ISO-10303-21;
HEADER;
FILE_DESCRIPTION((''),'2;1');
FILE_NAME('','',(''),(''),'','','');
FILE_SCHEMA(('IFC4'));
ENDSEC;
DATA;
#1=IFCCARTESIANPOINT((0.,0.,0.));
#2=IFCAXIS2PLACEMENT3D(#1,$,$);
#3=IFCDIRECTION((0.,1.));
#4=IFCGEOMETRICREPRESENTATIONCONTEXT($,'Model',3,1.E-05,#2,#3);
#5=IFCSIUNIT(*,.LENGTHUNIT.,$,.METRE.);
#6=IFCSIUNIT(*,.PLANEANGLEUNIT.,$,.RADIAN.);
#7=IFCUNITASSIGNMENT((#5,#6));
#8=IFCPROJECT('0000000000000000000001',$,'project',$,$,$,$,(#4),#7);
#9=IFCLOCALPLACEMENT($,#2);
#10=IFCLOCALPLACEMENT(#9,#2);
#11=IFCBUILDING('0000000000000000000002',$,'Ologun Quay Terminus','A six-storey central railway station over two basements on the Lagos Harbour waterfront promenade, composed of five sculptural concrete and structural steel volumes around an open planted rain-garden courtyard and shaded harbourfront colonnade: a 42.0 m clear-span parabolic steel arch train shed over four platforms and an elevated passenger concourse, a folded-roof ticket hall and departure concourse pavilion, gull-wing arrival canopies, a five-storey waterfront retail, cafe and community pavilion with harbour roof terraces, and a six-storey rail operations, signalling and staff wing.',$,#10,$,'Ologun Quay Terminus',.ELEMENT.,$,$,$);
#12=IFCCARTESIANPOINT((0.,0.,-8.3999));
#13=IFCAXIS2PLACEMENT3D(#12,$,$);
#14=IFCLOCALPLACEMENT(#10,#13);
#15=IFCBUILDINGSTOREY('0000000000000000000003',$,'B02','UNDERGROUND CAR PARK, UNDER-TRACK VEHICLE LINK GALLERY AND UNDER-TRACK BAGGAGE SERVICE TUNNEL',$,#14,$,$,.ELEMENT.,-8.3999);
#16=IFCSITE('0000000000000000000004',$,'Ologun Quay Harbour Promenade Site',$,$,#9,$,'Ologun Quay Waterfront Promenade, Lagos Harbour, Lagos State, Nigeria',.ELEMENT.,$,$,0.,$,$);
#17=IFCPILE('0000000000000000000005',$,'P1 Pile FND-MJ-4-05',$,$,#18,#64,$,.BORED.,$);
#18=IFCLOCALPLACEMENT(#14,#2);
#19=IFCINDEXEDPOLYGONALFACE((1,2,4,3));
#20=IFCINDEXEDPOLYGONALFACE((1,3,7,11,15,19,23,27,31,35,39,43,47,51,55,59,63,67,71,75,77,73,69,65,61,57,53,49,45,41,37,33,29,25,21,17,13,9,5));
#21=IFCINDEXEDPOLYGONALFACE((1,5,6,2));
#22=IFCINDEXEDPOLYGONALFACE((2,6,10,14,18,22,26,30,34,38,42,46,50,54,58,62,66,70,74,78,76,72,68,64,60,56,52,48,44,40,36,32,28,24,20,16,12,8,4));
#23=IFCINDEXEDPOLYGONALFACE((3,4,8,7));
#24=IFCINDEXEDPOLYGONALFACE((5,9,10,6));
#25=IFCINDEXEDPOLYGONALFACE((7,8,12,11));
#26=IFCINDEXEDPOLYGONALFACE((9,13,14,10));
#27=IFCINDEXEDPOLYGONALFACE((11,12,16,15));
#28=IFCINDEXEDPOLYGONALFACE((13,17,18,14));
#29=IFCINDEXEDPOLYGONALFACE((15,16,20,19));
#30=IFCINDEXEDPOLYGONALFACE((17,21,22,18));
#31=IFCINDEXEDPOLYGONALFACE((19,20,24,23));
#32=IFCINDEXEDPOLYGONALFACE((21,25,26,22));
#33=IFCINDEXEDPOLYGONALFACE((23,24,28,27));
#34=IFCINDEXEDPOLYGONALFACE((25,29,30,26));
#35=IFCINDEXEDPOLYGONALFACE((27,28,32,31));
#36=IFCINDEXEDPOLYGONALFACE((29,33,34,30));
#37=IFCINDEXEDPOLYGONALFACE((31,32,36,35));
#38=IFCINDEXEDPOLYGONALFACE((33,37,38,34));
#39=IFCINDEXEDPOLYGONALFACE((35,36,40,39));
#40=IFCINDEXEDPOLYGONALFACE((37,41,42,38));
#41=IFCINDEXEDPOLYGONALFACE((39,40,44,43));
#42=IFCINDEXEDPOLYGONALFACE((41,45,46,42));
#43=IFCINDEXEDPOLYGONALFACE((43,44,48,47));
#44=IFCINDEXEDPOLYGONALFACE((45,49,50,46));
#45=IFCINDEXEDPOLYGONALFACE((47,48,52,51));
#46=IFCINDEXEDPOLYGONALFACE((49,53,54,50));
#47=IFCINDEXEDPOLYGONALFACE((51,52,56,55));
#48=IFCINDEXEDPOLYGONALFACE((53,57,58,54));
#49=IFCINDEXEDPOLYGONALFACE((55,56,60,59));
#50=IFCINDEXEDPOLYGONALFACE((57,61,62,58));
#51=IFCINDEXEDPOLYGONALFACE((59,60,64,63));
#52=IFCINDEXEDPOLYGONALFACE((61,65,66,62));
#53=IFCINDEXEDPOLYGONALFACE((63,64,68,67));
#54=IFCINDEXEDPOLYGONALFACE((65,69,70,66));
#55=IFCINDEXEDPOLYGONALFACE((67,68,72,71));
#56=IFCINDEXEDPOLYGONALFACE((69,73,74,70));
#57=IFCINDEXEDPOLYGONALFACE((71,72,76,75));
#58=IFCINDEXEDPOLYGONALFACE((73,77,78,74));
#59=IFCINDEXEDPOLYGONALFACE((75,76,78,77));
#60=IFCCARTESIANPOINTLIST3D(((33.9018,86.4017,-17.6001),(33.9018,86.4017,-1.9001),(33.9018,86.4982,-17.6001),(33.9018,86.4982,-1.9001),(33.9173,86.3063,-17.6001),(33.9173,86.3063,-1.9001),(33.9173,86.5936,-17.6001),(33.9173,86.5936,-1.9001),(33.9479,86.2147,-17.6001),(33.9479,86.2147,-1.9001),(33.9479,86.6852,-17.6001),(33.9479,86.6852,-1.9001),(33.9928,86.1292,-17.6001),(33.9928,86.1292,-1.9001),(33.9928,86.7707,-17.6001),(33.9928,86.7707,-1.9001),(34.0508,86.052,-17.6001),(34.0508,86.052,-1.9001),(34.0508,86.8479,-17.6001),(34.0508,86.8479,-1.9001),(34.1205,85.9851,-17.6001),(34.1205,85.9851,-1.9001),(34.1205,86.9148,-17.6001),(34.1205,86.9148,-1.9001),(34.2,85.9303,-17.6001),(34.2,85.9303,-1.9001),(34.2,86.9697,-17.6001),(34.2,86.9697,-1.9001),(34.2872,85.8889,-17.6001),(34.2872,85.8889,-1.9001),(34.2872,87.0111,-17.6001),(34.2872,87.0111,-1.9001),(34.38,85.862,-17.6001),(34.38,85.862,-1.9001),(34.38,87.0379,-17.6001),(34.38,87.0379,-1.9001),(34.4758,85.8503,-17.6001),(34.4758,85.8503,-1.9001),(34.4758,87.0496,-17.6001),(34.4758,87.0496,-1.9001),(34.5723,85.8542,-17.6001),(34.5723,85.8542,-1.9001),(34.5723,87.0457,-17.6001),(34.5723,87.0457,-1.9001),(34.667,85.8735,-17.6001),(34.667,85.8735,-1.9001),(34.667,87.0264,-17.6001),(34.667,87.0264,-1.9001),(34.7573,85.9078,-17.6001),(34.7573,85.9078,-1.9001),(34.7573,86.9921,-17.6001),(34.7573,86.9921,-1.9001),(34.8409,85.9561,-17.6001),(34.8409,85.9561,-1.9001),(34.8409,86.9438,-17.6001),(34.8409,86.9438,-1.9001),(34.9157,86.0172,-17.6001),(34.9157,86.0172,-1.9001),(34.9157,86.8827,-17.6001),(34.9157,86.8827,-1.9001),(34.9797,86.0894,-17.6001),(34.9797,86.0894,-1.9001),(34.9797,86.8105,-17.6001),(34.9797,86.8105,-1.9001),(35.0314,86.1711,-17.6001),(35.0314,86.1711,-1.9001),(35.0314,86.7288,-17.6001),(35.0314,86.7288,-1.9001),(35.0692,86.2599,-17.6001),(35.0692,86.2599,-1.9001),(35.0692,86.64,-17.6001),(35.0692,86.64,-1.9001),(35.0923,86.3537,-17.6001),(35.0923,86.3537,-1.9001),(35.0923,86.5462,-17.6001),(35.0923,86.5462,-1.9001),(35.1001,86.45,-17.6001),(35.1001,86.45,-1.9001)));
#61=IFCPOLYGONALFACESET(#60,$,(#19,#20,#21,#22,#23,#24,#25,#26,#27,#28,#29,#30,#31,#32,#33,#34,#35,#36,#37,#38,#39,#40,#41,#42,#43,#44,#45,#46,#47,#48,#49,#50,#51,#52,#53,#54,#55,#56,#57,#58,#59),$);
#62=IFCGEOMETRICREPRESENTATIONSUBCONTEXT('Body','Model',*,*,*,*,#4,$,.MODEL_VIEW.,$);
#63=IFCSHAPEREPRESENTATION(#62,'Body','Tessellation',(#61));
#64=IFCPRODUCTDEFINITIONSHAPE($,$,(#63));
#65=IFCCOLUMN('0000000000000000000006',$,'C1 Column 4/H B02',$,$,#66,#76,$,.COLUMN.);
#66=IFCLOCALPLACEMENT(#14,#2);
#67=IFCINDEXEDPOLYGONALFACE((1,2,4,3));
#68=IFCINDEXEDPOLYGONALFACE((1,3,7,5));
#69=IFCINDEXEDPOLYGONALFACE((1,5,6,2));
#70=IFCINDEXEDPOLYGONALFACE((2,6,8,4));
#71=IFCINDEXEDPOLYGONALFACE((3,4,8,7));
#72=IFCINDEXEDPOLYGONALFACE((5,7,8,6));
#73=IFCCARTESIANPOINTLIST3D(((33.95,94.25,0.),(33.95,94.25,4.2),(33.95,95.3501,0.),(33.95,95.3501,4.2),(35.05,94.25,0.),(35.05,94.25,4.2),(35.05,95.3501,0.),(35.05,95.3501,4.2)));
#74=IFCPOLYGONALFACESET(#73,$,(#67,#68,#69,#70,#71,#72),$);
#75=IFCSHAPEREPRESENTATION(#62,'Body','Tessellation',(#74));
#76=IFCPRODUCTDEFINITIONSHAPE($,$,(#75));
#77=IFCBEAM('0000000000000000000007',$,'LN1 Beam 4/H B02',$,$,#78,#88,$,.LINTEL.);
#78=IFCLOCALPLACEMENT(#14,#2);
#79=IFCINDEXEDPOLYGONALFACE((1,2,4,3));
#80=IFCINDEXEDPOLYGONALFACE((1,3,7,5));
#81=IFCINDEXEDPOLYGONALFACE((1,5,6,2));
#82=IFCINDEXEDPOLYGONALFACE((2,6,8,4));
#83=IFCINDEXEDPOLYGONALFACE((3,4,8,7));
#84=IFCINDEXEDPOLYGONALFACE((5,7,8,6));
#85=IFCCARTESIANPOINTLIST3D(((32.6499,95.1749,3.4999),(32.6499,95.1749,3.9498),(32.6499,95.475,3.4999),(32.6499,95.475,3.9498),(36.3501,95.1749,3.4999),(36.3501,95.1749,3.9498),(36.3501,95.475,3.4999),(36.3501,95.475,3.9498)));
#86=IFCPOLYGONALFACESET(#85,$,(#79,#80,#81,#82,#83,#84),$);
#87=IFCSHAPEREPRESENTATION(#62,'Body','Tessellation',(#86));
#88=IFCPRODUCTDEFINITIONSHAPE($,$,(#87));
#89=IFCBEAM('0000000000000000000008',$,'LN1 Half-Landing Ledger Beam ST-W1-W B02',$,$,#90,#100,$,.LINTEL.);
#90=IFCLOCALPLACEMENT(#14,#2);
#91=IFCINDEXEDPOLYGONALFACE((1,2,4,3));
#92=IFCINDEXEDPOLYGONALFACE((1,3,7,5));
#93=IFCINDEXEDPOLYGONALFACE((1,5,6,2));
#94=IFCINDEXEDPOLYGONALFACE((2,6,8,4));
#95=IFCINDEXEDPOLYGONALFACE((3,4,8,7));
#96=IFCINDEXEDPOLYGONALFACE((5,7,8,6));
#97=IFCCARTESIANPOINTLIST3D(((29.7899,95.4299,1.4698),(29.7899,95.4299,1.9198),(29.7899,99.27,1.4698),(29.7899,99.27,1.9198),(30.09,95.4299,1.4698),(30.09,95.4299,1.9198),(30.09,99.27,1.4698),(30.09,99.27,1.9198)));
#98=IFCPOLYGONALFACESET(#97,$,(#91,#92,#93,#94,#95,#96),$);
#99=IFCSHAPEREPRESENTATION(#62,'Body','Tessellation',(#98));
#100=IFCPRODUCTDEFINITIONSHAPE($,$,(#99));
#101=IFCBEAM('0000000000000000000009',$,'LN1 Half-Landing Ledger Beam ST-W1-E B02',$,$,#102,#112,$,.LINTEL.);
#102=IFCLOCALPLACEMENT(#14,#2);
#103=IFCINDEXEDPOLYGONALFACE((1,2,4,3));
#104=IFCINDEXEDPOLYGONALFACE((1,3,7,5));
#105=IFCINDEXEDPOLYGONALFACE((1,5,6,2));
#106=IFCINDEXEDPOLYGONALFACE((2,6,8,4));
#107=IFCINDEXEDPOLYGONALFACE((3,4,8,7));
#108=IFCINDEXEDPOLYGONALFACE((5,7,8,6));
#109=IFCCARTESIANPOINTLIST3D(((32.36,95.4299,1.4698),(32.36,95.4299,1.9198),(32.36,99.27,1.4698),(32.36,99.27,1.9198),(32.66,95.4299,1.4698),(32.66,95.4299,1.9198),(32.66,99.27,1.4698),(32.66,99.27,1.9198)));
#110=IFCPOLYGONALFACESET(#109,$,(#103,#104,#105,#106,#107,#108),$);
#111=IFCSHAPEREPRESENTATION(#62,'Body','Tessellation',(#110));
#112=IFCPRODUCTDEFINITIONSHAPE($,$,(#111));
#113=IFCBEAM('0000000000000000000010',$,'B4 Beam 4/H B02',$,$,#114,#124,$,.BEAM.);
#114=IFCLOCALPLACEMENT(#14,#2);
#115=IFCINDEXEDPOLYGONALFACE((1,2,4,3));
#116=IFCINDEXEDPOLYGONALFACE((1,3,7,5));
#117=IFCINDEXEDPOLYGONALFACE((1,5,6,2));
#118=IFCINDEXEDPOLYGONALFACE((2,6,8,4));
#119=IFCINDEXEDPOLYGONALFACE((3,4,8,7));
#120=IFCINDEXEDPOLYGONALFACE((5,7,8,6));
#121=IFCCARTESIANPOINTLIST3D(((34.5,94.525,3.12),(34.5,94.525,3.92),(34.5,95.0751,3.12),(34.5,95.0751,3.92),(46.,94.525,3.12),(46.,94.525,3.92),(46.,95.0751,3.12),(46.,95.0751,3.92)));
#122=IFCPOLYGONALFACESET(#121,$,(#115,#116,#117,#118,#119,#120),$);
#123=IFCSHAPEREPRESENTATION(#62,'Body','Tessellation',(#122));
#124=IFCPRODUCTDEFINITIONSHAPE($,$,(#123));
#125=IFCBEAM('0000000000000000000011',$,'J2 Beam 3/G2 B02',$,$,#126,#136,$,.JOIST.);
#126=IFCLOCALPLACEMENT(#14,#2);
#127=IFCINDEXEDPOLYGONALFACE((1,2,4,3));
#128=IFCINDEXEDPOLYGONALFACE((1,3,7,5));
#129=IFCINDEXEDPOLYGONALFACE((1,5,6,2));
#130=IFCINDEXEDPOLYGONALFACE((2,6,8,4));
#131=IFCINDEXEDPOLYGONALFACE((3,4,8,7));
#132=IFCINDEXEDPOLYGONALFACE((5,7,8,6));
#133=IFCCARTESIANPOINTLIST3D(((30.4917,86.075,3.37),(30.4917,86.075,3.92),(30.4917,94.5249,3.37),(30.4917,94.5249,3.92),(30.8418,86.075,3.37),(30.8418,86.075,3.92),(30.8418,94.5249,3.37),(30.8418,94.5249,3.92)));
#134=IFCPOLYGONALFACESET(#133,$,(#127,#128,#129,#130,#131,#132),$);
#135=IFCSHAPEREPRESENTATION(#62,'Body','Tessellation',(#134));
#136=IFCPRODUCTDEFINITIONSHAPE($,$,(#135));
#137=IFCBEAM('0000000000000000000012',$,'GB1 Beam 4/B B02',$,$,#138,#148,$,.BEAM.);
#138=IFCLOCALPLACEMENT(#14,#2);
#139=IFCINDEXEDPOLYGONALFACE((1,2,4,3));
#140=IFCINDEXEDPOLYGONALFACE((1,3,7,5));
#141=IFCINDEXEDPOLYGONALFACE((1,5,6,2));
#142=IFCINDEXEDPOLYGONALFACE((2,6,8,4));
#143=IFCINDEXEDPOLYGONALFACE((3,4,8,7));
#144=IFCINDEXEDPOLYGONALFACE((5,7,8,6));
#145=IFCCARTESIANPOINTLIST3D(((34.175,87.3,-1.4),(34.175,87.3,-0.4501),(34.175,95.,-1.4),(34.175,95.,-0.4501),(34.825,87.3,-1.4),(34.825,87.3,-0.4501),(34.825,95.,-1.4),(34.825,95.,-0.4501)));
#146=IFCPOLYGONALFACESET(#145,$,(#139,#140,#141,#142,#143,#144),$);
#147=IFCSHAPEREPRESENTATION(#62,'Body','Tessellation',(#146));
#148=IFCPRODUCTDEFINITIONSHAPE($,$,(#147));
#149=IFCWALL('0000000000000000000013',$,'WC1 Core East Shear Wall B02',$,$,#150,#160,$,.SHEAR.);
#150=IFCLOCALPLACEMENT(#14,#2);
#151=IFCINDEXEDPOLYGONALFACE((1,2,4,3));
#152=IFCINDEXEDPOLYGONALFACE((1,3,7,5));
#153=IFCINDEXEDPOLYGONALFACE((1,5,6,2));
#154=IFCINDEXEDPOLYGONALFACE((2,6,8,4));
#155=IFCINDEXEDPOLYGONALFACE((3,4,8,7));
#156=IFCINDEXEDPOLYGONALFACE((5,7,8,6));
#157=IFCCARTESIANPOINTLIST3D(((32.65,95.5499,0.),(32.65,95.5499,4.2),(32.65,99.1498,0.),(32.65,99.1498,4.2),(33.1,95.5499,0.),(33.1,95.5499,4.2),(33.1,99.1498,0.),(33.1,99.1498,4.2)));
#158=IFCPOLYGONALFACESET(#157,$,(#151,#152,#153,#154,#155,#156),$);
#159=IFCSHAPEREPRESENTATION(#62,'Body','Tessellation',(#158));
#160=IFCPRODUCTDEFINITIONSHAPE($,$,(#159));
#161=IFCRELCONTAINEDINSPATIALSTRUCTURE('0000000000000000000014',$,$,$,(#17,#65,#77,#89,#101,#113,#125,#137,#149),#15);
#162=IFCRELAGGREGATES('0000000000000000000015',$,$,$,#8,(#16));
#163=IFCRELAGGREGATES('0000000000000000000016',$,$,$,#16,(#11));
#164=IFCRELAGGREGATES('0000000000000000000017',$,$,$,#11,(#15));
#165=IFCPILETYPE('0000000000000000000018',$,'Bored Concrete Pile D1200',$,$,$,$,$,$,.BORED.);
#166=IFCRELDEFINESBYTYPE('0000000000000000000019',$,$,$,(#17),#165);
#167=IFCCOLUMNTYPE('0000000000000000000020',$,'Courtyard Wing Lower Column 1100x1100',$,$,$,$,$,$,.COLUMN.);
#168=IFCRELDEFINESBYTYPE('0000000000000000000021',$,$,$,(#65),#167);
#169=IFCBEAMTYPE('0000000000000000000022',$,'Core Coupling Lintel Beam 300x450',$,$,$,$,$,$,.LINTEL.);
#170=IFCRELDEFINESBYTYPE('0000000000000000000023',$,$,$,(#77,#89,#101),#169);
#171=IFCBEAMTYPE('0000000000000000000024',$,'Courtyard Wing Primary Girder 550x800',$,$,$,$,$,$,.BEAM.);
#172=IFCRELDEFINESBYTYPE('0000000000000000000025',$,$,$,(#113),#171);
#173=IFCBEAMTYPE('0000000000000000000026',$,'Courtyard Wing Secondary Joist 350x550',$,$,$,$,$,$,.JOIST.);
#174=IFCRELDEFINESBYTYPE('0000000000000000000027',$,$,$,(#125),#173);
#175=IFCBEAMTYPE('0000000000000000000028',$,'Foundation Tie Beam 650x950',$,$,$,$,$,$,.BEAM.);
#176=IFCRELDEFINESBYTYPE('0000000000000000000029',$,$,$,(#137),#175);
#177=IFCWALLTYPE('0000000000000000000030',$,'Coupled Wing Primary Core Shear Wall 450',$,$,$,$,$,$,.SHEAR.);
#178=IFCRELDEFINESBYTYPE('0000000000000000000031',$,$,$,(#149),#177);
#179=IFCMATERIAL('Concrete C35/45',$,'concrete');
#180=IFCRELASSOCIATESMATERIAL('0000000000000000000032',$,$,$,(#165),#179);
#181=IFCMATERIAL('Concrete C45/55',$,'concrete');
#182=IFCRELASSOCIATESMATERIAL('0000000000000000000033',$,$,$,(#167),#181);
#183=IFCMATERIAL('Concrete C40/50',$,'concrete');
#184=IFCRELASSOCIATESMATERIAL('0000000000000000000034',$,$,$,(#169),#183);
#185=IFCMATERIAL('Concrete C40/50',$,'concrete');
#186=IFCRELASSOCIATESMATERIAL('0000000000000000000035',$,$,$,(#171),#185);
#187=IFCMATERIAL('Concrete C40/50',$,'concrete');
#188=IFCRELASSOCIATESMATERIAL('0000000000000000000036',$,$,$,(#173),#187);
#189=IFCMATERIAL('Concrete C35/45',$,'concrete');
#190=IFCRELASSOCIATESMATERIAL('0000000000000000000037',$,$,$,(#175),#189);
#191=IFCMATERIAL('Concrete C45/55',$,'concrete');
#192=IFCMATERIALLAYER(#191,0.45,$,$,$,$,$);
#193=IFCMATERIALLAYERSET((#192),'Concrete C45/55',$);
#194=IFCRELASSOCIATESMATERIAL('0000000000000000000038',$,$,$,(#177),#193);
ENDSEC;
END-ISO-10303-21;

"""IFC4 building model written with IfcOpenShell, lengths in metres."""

from ifc_helpers import new_model, si_unit, direction, frame, frame_2d, origin, origin_2d, place, context, subcontext, project, spatial, rectangle, circle, extrude, material, layer, layer_set, material_profile, profile_set, type_object, element, save


model = new_model("IFC4")

# Units and contexts
model_context = context("Model", 3, precision=1e-05, world=origin(), true_north=direction((0.0, 1.0)))
body_context = subcontext(model_context, "Body", "Model", "MODEL_VIEW")
ifc_project = project(units=[si_unit("LENGTHUNIT", "METRE"), si_unit("PLANEANGLEUNIT", "RADIAN")], contexts=[model_context])

# Site, building, storey
site_placement = place(None, origin())
site = spatial("IfcSite", under=ifc_project, at=site_placement, Name="Ologun Quay Harbour Promenade Site", LongName="Ologun Quay Waterfront Promenade, Lagos Harbour, Lagos State, Nigeria", CompositionType="ELEMENT", RefElevation=0.0)
building_placement = place(site_placement, origin())
building = spatial("IfcBuilding", under=site, at=building_placement, Name="Ologun Quay Terminus", Description="A six-storey central railway station over two basements on the Lagos Harbour waterfront promenade, composed of five sculptural concrete and structural steel volumes around an open planted rain-garden courtyard and shaded harbourfront colonnade: a 42.0 m clear-span parabolic steel arch train shed over four platforms and an elevated passenger concourse, a folded-roof ticket hall and departure concourse pavilion, gull-wing arrival canopies, a five-storey waterfront retail, cafe and community pavilion with harbour roof terraces, and a six-storey rail operations, signalling and staff wing.", LongName="Ologun Quay Terminus", CompositionType="ELEMENT")
storey_placement = place(building_placement, frame((0.0, 0.0, -8.3999)))
storey = spatial("IfcBuildingStorey", under=building, at=storey_placement, Name="B02", Description="UNDERGROUND CAR PARK, UNDER-TRACK VEHICLE LINK GALLERY AND UNDER-TRACK BAGGAGE SERVICE TUNNEL", CompositionType="ELEMENT", Elevation=-8.3999)

# Pile
ifc_material_1 = material(Name="Concrete C35/45", Category="concrete")
ifc_material_profile_1 = material_profile(ifc_material_1, circle(Radius=0.6001, at=origin_2d()), Name="PILE D1200")
ifc_profile_set_1 = profile_set([ifc_material_profile_1], Name="Concrete C35/45")
pile_type = type_object("IfcPileType", Name="Bored Concrete Pile D1200", PredefinedType="BORED", material=ifc_profile_set_1)
for number, where, z_axis, x_axis, name in (
    (1, (34.5, 86.45, -1.9001), (0.0, 0.0, -1.0), (1.0, 0.0, 0.0), "P1 Pile FND-MJ-4-05"),
):
    element("IfcPile", number, at=place(storey_placement, frame(where, z_axis=z_axis, x_axis=x_axis)), inside=storey, type_object=pile_type, Name=name, PredefinedType="BORED", context=body_context, shape_type="SweptSolid", body=[
        extrude(circle(Radius=0.6001, at=origin_2d()), origin(), (0.0, 0.0, 1.0), 15.7),
    ])

# Column
ifc_material_2 = material(Name="Concrete C45/55", Category="concrete")
ifc_material_profile_2 = material_profile(ifc_material_2, rectangle(XDim=1.1001, YDim=1.1001, at=origin_2d()), Name="RC 1100x1100")
ifc_profile_set_2 = profile_set([ifc_material_profile_2], Name="Concrete C45/55")
column_type = type_object("IfcColumnType", Name="Courtyard Wing Lower Column 1100x1100", PredefinedType="COLUMN", material=ifc_profile_set_2)
column_placement = place(storey_placement, frame((34.5, 94.8, 0.0), z_axis=(0.0, 0.0, 1.0), x_axis=(1.0, 0.0, 0.0)))
element("IfcColumn", 2, at=column_placement, inside=storey, type_object=column_type, Name="C1 Column 4/H B02", PredefinedType="COLUMN", context=body_context, shape_type="SweptSolid", body=[
    extrude(rectangle(XDim=1.1001, YDim=1.1001, at=origin_2d()), origin(), (0.0, 0.0, 1.0), 4.2),
])

# Beams
ifc_material_3 = material(Name="Concrete C40/50", Category="concrete")
ifc_material_profile_3 = material_profile(ifc_material_3, rectangle(XDim=0.3, YDim=0.45, at=origin_2d()), Name="RC 300x450")
ifc_profile_set_3 = profile_set([ifc_material_profile_3], Name="Concrete C40/50")
beam_type_1 = type_object("IfcBeamType", Name="Core Coupling Lintel Beam 300x450", PredefinedType="LINTEL", material=ifc_profile_set_3)
beam_1_placement = place(storey_placement, frame((32.6499, 95.325, 3.7249), z_axis=(1.0, 0.0, 0.0), x_axis=(0.0, 1.0, 0.0)))
element("IfcBeam", 3, at=beam_1_placement, inside=storey, type_object=beam_type_1, Name="LN1 Beam 4/H B02", PredefinedType="LINTEL", context=body_context, shape_type="SweptSolid", body=[
    extrude(rectangle(XDim=0.3, YDim=0.45, at=origin_2d()), origin(), (0.0, 0.0, 1.0), 3.7002),
])
for number, where, z_axis, x_axis, name in (
    (4, (29.9399, 95.4299, 1.6948), (0.0, 1.0, 0.0), (-1.0, 0.0, 0.0), "LN1 Half-Landing Ledger Beam ST-W1-W B02"),
    (5, (32.51, 95.4299, 1.6948), (0.0, 1.0, 0.0), (-1.0, 0.0, 0.0), "LN1 Half-Landing Ledger Beam ST-W1-E B02"),
):
    element("IfcBeam", number, at=place(storey_placement, frame(where, z_axis=z_axis, x_axis=x_axis)), inside=storey, type_object=beam_type_1, Name=name, PredefinedType="LINTEL", context=body_context, shape_type="SweptSolid", body=[
        extrude(rectangle(XDim=0.3, YDim=0.45, at=origin_2d()), origin(), (0.0, 0.0, 1.0), 3.8401),
    ])
ifc_material_4 = material(Name="Concrete C40/50", Category="concrete")
ifc_material_profile_4 = material_profile(ifc_material_4, rectangle(XDim=0.55, YDim=0.8, at=origin_2d()), Name="RC 550x800")
ifc_profile_set_4 = profile_set([ifc_material_profile_4], Name="Concrete C40/50")
beam_type_2 = type_object("IfcBeamType", Name="Courtyard Wing Primary Girder 550x800", PredefinedType="BEAM", material=ifc_profile_set_4)
beam_2_placement = place(storey_placement, frame((34.5, 94.8, 3.52), z_axis=(1.0, 0.0, 0.0), x_axis=(0.0, 1.0, 0.0)))
element("IfcBeam", 6, at=beam_2_placement, inside=storey, type_object=beam_type_2, Name="B4 Beam 4/H B02", PredefinedType="BEAM", context=body_context, shape_type="SweptSolid", body=[
    extrude(rectangle(XDim=0.55, YDim=0.8, at=origin_2d()), origin(), (0.0, 0.0, 1.0), 11.5),
])
ifc_material_5 = material(Name="Concrete C40/50", Category="concrete")
ifc_material_profile_5 = material_profile(ifc_material_5, rectangle(XDim=0.3501, YDim=0.55, at=origin_2d()), Name="RC 350x550")
ifc_profile_set_5 = profile_set([ifc_material_profile_5], Name="Concrete C40/50")
beam_type_3 = type_object("IfcBeamType", Name="Courtyard Wing Secondary Joist 350x550", PredefinedType="JOIST", material=ifc_profile_set_5)
beam_3_placement = place(storey_placement, frame((30.6667, 86.075, 3.645), z_axis=(0.0, 1.0, 0.0), x_axis=(-1.0, 0.0, 0.0)))
element("IfcBeam", 7, at=beam_3_placement, inside=storey, type_object=beam_type_3, Name="J2 Beam 3/G2 B02", PredefinedType="JOIST", context=body_context, shape_type="SweptSolid", body=[
    extrude(rectangle(XDim=0.3501, YDim=0.55, at=origin_2d()), origin(), (0.0, 0.0, 1.0), 8.45),
])
ifc_material_6 = material(Name="Concrete C35/45", Category="concrete")
ifc_material_profile_6 = material_profile(ifc_material_6, rectangle(XDim=0.6499, YDim=0.95, at=origin_2d()), Name="RC 650x950")
ifc_profile_set_6 = profile_set([ifc_material_profile_6], Name="Concrete C35/45")
beam_type_4 = type_object("IfcBeamType", Name="Foundation Tie Beam 650x950", PredefinedType="BEAM", material=ifc_profile_set_6)
beam_4_placement = place(storey_placement, frame((34.5, 87.3, -0.925), z_axis=(0.0, 1.0, 0.0), x_axis=(-1.0, 0.0, 0.0)))
element("IfcBeam", 8, at=beam_4_placement, inside=storey, type_object=beam_type_4, Name="GB1 Beam 4/B B02", PredefinedType="BEAM", context=body_context, shape_type="SweptSolid", body=[
    extrude(rectangle(XDim=0.6499, YDim=0.95, at=origin_2d()), origin(), (0.0, 0.0, 1.0), 7.7),
])

# Wall
ifc_material_7 = material(Name="Concrete C45/55", Category="concrete")
ifc_layer = layer(ifc_material_7, 0.45)
ifc_layer_set = layer_set([ifc_layer], Name="Concrete C45/55")
wall_type = type_object("IfcWallType", Name="Coupled Wing Primary Core Shear Wall 450", PredefinedType="SHEAR", material=ifc_layer_set)
wall_placement = place(storey_placement, frame((32.875, 95.55, 0.0), z_axis=(0.0, 0.0, 1.0), x_axis=(0.0, 1.0, 0.0)))
element("IfcWall", 9, at=wall_placement, inside=storey, type_object=wall_type, Name="WC1 Core East Shear Wall B02", PredefinedType="SHEAR", context=body_context, shape_type="SweptSolid", body=[
    extrude(rectangle(XDim=3.5999, YDim=0.45, at=frame_2d((1.7998, 0.0))), origin(), (0.0, 0.0, 1.0), 4.2),
])

save(model, "model.ifc")
